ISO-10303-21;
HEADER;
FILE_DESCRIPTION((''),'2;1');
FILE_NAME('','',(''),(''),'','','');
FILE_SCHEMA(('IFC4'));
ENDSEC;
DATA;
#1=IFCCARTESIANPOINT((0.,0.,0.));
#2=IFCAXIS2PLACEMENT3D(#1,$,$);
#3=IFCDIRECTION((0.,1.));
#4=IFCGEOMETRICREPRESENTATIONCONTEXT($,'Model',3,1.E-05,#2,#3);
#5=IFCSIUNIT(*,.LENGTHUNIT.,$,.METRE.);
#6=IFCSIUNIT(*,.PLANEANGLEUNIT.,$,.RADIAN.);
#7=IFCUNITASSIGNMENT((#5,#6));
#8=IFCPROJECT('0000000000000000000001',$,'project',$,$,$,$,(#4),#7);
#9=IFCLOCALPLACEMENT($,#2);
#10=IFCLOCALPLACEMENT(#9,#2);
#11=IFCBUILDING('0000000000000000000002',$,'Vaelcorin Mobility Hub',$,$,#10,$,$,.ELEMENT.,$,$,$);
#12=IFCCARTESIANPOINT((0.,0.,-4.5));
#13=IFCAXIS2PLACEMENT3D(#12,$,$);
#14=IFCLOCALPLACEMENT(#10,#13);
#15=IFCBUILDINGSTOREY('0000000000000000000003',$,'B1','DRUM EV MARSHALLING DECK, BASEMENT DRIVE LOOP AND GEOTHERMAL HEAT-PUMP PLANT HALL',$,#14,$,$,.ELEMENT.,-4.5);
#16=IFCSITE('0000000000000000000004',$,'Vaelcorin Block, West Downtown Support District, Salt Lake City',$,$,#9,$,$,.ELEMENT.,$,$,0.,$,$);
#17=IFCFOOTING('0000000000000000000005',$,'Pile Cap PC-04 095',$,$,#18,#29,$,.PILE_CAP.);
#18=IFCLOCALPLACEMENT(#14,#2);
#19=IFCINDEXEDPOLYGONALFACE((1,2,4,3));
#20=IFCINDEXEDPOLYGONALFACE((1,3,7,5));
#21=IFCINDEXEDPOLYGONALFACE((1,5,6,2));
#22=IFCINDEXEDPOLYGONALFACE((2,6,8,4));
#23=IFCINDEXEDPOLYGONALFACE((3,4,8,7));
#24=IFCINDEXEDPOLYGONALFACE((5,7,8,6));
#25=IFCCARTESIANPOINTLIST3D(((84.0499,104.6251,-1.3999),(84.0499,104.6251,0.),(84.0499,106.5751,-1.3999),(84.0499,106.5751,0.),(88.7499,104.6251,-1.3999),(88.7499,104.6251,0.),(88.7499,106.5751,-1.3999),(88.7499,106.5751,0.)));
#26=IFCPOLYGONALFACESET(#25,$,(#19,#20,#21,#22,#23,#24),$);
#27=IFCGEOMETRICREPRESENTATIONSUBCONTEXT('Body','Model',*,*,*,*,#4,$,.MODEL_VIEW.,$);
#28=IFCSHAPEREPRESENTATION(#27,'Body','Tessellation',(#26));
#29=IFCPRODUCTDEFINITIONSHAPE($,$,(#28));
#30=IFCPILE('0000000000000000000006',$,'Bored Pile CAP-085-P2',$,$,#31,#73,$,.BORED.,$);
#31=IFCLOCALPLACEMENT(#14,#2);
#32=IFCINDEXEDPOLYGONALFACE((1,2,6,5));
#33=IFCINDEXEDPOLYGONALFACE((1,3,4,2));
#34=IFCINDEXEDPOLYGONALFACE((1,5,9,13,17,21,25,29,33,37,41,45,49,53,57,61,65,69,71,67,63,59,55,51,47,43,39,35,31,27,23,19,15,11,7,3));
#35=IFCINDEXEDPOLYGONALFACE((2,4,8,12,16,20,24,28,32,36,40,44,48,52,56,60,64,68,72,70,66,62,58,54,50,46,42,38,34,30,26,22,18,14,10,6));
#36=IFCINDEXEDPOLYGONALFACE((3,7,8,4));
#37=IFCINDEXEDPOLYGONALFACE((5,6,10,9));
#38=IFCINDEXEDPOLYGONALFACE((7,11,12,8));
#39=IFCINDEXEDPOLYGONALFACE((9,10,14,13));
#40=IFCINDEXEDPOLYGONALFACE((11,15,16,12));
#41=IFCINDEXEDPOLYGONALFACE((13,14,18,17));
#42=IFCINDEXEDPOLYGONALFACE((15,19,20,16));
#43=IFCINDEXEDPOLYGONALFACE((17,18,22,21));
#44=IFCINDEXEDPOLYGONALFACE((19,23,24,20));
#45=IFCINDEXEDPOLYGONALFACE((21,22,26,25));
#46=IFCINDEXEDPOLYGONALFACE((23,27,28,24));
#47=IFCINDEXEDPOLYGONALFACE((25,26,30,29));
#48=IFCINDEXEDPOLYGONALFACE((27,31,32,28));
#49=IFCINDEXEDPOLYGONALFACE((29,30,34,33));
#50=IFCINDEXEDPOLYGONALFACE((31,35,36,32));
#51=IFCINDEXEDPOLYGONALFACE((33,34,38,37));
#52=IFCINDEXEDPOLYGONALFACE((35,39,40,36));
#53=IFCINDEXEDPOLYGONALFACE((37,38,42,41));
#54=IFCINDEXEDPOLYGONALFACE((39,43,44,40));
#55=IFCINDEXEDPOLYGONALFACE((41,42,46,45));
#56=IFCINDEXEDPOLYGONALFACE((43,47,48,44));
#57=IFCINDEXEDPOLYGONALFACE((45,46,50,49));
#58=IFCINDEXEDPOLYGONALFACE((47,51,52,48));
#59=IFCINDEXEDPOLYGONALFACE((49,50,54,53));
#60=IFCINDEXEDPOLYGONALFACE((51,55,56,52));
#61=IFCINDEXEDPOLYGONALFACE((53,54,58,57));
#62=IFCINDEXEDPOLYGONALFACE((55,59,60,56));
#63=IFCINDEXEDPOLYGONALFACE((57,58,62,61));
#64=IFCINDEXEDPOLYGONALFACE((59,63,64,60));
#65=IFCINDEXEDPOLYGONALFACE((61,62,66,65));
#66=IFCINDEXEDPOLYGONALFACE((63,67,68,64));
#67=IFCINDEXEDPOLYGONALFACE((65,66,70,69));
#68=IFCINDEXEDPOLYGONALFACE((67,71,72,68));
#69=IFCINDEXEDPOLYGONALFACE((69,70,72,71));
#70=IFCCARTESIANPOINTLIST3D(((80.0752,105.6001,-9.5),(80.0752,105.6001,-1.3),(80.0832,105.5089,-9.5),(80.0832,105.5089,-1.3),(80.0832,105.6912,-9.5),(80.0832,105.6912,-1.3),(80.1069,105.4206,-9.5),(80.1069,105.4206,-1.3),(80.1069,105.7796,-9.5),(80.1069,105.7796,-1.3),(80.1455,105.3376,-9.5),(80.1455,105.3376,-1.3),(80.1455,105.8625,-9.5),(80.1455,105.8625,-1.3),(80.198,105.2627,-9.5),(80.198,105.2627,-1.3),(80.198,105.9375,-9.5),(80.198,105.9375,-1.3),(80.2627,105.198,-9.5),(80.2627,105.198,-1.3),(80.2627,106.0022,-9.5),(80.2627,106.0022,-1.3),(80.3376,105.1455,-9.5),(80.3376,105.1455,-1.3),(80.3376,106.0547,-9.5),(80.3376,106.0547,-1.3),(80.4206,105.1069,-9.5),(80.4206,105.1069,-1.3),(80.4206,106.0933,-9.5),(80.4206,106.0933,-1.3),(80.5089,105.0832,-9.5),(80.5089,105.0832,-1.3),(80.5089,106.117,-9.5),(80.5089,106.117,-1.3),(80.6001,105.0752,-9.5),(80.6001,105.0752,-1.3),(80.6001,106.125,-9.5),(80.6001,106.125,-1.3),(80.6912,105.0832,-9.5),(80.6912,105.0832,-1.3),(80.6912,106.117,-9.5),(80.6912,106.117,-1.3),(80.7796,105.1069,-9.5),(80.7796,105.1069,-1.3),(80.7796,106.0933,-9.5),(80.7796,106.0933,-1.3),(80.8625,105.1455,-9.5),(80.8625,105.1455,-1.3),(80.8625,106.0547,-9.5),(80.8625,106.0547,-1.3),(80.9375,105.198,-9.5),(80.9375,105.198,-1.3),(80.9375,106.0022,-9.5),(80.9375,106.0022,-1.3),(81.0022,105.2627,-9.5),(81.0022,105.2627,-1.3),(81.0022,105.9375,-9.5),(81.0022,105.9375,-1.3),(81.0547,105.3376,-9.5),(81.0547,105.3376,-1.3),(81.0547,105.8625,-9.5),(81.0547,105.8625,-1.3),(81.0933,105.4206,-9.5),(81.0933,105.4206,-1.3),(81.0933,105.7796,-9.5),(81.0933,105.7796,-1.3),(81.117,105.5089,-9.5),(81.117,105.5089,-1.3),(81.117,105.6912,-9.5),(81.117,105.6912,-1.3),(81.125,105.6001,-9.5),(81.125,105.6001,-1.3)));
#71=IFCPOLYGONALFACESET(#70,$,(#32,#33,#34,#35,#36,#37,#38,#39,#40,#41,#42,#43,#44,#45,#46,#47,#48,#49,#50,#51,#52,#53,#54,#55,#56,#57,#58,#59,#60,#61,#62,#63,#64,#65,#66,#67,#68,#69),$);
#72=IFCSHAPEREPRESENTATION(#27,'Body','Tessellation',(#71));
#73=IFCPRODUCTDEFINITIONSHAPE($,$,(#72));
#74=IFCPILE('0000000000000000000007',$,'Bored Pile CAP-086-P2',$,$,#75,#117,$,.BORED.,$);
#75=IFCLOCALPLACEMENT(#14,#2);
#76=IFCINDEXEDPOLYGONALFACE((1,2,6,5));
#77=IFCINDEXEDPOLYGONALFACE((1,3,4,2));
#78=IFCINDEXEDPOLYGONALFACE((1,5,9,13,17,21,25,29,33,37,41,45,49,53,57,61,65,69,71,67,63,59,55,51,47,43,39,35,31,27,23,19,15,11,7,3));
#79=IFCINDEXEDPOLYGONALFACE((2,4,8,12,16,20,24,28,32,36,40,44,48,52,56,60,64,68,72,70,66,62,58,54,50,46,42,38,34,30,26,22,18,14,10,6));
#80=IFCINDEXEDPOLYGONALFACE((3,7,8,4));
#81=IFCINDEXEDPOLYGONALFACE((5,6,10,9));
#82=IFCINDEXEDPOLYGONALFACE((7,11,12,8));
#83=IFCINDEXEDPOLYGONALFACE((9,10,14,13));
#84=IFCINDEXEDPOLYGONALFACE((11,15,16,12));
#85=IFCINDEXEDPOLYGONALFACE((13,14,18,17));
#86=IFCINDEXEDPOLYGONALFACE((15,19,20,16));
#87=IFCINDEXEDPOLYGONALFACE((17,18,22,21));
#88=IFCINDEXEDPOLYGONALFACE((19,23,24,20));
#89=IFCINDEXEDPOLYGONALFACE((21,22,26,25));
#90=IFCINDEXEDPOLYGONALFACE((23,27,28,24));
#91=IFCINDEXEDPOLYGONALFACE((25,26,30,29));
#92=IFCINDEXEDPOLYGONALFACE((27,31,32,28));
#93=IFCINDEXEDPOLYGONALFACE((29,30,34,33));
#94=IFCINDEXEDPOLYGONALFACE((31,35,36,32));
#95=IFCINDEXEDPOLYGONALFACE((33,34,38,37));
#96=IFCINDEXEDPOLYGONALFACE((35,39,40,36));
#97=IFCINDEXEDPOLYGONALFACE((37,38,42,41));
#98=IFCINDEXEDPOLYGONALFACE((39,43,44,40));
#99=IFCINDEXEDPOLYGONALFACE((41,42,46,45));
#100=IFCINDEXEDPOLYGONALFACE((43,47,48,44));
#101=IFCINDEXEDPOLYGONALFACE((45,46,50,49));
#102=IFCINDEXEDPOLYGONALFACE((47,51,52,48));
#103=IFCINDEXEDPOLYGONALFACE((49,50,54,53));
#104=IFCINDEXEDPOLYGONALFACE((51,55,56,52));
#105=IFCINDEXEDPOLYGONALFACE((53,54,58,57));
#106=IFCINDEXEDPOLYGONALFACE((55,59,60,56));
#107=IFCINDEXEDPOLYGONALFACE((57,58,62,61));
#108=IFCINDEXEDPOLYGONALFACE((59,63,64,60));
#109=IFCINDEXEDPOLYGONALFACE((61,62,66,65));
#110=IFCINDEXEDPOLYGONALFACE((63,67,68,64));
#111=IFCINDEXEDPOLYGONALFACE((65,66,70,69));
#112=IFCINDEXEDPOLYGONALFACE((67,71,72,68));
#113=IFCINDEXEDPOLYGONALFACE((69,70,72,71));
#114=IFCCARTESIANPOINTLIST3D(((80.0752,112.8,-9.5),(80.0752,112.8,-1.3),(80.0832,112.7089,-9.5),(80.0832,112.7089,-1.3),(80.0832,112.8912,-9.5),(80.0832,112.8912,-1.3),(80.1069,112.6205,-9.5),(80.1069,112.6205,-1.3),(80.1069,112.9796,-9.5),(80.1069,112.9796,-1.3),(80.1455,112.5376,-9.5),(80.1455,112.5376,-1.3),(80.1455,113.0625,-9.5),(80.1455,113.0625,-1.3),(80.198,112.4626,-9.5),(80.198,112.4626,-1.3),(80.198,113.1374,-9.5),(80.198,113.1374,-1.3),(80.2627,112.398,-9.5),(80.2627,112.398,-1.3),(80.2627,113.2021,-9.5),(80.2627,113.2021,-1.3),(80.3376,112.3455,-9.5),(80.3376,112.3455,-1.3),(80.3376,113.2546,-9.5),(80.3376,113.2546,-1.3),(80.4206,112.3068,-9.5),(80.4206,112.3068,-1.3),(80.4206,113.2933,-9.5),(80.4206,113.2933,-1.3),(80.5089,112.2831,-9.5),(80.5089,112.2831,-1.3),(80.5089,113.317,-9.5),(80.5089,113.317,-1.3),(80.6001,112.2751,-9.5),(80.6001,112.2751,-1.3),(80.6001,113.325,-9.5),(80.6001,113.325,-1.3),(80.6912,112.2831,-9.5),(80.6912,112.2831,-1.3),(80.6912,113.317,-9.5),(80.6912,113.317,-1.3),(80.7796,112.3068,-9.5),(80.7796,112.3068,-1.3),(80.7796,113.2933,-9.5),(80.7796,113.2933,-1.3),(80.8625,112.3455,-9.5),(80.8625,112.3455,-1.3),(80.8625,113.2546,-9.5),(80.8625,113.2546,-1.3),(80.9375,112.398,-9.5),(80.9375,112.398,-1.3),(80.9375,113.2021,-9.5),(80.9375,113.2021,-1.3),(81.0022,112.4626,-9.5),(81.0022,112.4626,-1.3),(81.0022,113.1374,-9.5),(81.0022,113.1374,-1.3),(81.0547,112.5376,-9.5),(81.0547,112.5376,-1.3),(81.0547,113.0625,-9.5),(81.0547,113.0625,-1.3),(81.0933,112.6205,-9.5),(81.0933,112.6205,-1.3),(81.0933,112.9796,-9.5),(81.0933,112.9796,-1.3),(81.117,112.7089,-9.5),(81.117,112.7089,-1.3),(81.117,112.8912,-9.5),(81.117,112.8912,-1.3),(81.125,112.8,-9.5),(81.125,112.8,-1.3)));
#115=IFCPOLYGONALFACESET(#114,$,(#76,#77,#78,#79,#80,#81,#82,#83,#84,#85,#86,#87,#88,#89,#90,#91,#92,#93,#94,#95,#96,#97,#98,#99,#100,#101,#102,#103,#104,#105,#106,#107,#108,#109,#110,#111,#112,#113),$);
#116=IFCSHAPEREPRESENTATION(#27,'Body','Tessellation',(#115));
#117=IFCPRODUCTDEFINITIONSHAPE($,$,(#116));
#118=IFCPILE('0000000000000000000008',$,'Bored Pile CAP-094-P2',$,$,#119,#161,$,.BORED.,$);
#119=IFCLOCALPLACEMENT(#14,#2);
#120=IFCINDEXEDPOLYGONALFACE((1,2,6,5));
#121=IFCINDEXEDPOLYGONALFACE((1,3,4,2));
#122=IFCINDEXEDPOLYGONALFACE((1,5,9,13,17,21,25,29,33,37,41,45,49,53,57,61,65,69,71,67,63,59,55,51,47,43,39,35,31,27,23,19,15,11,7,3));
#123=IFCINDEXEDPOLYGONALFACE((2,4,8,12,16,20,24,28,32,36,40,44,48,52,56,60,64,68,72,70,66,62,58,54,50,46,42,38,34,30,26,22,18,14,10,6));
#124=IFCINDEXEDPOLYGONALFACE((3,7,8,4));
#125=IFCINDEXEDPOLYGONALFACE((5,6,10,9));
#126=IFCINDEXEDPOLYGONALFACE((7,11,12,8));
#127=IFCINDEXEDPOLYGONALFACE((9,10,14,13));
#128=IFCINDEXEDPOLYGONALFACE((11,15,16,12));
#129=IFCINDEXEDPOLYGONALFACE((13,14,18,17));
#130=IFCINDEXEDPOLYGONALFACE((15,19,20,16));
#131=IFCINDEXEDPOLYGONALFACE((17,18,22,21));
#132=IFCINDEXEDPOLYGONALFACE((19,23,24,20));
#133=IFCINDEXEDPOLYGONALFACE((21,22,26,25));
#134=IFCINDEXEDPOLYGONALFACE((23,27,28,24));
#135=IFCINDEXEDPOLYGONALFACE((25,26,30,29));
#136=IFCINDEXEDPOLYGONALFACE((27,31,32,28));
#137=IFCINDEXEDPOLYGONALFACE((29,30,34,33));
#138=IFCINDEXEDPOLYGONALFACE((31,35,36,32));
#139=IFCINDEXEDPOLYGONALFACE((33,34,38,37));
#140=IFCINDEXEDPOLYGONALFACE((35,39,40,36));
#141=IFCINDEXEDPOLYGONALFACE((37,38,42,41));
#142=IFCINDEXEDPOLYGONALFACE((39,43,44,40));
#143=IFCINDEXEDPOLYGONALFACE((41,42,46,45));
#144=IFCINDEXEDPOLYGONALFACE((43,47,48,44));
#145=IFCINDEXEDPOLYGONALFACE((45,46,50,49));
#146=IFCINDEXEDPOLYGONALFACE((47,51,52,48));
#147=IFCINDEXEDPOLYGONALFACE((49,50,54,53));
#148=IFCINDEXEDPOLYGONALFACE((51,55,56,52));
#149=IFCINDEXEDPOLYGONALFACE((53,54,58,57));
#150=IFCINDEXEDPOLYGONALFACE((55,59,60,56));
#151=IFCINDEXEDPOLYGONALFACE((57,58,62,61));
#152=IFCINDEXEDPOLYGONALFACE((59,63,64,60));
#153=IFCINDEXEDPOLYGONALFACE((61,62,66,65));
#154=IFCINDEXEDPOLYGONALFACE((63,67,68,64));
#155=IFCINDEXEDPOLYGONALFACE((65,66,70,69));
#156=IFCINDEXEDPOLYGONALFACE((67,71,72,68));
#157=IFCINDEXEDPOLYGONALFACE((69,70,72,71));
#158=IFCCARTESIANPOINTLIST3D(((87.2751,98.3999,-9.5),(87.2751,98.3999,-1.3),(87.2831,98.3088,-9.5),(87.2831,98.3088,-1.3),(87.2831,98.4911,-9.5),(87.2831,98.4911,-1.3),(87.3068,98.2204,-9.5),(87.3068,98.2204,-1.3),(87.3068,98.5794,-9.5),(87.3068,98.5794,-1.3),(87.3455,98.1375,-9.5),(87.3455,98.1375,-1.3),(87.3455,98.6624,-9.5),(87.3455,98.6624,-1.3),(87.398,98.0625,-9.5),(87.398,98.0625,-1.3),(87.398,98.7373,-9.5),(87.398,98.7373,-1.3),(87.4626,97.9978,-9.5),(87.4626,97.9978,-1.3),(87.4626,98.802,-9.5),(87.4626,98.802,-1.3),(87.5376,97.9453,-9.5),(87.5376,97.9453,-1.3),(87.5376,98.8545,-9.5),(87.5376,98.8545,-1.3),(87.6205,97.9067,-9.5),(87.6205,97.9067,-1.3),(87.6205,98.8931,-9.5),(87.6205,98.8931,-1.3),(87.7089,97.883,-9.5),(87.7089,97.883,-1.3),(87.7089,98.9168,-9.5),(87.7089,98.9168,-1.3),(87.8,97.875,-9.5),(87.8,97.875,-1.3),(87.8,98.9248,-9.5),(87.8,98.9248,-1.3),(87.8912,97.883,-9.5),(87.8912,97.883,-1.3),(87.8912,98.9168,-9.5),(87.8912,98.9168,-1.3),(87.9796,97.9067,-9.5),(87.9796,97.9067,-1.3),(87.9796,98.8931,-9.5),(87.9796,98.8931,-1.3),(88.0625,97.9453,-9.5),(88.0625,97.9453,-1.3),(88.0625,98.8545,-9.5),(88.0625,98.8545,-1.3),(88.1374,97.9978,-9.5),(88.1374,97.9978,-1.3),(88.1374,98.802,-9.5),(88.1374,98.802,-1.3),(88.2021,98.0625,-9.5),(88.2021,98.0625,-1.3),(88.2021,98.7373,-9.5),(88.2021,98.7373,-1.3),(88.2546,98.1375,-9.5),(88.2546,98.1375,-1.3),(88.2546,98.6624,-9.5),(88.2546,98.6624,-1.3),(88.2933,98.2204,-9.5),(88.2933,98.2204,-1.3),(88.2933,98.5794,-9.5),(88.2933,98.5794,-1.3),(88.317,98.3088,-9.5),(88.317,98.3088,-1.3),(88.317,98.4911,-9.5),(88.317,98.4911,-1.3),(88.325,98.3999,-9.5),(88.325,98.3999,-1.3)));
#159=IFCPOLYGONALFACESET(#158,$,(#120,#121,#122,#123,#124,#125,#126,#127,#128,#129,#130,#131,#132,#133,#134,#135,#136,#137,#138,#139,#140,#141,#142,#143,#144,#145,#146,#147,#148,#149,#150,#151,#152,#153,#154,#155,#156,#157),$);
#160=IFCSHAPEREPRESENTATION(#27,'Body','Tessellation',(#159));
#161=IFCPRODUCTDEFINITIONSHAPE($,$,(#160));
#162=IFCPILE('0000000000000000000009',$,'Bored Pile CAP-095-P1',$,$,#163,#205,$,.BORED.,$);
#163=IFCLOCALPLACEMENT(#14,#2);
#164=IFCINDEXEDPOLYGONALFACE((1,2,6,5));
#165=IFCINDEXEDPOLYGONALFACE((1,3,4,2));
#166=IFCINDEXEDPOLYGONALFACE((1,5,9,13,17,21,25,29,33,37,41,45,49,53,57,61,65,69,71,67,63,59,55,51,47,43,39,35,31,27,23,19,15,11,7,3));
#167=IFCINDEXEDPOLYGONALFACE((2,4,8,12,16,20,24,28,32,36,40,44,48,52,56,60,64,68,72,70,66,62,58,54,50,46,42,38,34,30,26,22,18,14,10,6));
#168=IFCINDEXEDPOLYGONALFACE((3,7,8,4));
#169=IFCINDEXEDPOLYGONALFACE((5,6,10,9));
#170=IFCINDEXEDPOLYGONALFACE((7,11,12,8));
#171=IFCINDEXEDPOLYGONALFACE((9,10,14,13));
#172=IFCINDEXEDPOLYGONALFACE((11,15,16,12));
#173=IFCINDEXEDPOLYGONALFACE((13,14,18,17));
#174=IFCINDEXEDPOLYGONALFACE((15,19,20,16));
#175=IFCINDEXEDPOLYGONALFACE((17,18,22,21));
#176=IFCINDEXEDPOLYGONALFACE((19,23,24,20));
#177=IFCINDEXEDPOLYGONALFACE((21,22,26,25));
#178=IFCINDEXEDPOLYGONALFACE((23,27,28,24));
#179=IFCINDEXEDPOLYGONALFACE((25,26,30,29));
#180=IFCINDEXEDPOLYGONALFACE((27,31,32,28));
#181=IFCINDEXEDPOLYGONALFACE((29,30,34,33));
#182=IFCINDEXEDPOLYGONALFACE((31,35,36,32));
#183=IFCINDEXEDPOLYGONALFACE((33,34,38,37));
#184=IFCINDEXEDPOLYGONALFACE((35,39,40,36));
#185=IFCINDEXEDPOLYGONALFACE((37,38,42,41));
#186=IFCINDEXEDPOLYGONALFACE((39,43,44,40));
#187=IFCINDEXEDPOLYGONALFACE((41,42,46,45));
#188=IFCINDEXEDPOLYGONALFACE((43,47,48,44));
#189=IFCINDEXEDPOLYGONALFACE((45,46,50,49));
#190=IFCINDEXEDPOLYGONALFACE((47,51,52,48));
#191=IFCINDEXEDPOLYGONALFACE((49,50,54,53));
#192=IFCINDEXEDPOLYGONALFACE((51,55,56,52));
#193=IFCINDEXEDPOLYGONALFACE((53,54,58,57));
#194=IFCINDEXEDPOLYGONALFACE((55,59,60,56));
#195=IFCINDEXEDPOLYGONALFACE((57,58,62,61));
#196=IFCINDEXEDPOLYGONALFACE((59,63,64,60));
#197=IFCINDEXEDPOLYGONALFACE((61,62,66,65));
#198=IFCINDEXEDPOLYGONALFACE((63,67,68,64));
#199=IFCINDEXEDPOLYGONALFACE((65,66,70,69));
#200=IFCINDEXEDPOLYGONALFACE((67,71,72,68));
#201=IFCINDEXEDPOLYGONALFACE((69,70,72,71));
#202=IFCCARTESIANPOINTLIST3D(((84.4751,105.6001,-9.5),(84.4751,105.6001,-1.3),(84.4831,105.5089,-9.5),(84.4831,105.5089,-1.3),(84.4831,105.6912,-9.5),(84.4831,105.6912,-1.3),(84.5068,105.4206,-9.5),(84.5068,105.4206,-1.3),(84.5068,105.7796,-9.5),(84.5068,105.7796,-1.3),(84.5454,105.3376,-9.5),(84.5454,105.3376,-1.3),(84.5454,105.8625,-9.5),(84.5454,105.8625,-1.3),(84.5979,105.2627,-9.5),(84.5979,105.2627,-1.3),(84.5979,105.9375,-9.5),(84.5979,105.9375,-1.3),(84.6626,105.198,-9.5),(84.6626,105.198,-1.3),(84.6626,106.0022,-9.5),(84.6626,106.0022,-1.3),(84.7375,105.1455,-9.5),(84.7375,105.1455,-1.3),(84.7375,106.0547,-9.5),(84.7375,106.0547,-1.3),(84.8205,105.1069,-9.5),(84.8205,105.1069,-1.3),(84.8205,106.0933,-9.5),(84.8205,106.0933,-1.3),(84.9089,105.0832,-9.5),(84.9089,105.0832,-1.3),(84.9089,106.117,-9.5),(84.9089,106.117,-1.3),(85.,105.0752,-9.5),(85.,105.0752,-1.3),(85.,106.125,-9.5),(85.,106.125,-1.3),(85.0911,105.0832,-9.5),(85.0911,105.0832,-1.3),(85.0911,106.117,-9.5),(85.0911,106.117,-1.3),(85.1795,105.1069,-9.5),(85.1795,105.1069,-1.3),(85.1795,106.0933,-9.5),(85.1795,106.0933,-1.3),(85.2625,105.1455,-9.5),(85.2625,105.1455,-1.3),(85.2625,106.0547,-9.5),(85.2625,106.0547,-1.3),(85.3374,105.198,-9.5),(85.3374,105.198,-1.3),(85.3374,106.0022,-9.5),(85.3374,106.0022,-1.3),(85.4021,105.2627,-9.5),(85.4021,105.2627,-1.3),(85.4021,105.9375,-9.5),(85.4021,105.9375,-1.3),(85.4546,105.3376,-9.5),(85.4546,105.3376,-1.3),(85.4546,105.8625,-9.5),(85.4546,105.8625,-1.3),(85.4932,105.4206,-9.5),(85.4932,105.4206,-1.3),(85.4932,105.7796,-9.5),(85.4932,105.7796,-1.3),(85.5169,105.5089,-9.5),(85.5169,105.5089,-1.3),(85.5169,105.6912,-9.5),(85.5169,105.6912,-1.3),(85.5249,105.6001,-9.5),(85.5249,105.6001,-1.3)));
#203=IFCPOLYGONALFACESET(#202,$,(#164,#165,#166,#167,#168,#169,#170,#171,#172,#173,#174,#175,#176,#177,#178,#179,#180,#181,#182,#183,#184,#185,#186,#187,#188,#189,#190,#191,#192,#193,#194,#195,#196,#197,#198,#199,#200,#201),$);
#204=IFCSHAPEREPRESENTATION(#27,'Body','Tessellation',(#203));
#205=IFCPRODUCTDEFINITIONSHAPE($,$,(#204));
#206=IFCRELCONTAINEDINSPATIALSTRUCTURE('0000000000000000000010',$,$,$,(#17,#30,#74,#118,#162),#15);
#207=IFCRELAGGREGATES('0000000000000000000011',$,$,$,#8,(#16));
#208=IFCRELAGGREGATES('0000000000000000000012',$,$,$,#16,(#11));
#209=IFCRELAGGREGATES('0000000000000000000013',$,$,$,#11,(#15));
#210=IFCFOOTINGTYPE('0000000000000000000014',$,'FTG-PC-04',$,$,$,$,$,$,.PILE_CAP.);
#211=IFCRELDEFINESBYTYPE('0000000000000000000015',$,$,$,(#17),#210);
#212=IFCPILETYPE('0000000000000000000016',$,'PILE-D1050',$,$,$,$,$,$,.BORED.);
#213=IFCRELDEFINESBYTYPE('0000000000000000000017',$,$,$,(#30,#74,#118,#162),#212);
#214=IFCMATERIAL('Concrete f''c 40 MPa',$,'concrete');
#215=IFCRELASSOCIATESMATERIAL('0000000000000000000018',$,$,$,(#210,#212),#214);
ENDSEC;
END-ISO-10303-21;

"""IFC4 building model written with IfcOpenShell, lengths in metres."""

from ifc_helpers import new_model, si_unit, direction, frame, origin, origin_2d, place, context, subcontext, project, spatial, rectangle, circle, extrude, material, material_profile, profile_set, type_object, element, save


model = new_model("IFC4")

# Units and contexts
model_context = context("Model", 3, precision=1e-05, world=origin(), true_north=direction((0.0, 1.0)))
body_context = subcontext(model_context, "Body", "Model", "MODEL_VIEW")
ifc_project = project(units=[si_unit("LENGTHUNIT", "METRE"), si_unit("PLANEANGLEUNIT", "RADIAN")], contexts=[model_context])

# Site, building, storey
site_placement = place(None, origin())
site = spatial("IfcSite", under=ifc_project, at=site_placement, Name="Vaelcorin Block, West Downtown Support District, Salt Lake City", CompositionType="ELEMENT", RefElevation=0.0)
building_placement = place(site_placement, origin())
building = spatial("IfcBuilding", under=site, at=building_placement, Name="Vaelcorin Mobility Hub", CompositionType="ELEMENT")
storey_placement = place(building_placement, frame((0.0, 0.0, -4.5)))
storey = spatial("IfcBuildingStorey", under=building, at=storey_placement, Name="B1", Description="DRUM EV MARSHALLING DECK, BASEMENT DRIVE LOOP AND GEOTHERMAL HEAT-PUMP PLANT HALL", CompositionType="ELEMENT", Elevation=-4.5)

# Footing
ifc_material_1 = material(Name="Concrete f'c 40 MPa", Category="concrete")
footing_type = type_object("IfcFootingType", Name="FTG-PC-04", PredefinedType="PILE_CAP", material=ifc_material_1)
footing_placement = place(storey_placement, frame((86.3999, 105.6001, -1.3999), z_axis=(0.0, 0.0, 1.0), x_axis=(1.0, 0.0, 0.0)))
element("IfcFooting", 1, at=footing_placement, inside=storey, type_object=footing_type, Name="Pile Cap PC-04 095", PredefinedType="PILE_CAP", context=body_context, shape_type="SweptSolid", body=[
    extrude(rectangle(XDim=4.7, YDim=1.95, at=origin_2d()), origin(), (0.0, 0.0, 1.0), 1.3999),
])

# Piles
ifc_material_profile_1 = material_profile(ifc_material_1, circle(Radius=0.5249, at=origin_2d()), Name="BP-D1050")
ifc_profile_set_1 = profile_set([ifc_material_profile_1], Name="Concrete f'c 40 MPa")
pile_type = type_object("IfcPileType", Name="PILE-D1050", PredefinedType="BORED", material=ifc_profile_set_1)
for number, where, z_axis, x_axis, name in (
    (2, (80.6001, 105.6001, -1.3), (0.0, 0.0, -1.0), (1.0, 0.0, 0.0), "Bored Pile CAP-085-P2"),
    (3, (80.6001, 112.8, -1.3), (0.0, 0.0, -1.0), (1.0, 0.0, 0.0), "Bored Pile CAP-086-P2"),
    (4, (87.8, 98.3999, -1.3), (0.0, 0.0, -1.0), (1.0, 0.0, 0.0), "Bored Pile CAP-094-P2"),
    (5, (85.0, 105.6001, -1.3), (0.0, 0.0, -1.0), (1.0, 0.0, 0.0), "Bored Pile CAP-095-P1"),
):
    element("IfcPile", number, at=place(storey_placement, frame(where, z_axis=z_axis, x_axis=x_axis)), inside=storey, type_object=pile_type, Name=name, PredefinedType="BORED", context=body_context, shape_type="SweptSolid", body=[
        extrude(circle(Radius=0.5249, at=origin_2d()), origin(), (0.0, 0.0, 1.0), 8.2),
    ])

save(model, "model.ifc")
